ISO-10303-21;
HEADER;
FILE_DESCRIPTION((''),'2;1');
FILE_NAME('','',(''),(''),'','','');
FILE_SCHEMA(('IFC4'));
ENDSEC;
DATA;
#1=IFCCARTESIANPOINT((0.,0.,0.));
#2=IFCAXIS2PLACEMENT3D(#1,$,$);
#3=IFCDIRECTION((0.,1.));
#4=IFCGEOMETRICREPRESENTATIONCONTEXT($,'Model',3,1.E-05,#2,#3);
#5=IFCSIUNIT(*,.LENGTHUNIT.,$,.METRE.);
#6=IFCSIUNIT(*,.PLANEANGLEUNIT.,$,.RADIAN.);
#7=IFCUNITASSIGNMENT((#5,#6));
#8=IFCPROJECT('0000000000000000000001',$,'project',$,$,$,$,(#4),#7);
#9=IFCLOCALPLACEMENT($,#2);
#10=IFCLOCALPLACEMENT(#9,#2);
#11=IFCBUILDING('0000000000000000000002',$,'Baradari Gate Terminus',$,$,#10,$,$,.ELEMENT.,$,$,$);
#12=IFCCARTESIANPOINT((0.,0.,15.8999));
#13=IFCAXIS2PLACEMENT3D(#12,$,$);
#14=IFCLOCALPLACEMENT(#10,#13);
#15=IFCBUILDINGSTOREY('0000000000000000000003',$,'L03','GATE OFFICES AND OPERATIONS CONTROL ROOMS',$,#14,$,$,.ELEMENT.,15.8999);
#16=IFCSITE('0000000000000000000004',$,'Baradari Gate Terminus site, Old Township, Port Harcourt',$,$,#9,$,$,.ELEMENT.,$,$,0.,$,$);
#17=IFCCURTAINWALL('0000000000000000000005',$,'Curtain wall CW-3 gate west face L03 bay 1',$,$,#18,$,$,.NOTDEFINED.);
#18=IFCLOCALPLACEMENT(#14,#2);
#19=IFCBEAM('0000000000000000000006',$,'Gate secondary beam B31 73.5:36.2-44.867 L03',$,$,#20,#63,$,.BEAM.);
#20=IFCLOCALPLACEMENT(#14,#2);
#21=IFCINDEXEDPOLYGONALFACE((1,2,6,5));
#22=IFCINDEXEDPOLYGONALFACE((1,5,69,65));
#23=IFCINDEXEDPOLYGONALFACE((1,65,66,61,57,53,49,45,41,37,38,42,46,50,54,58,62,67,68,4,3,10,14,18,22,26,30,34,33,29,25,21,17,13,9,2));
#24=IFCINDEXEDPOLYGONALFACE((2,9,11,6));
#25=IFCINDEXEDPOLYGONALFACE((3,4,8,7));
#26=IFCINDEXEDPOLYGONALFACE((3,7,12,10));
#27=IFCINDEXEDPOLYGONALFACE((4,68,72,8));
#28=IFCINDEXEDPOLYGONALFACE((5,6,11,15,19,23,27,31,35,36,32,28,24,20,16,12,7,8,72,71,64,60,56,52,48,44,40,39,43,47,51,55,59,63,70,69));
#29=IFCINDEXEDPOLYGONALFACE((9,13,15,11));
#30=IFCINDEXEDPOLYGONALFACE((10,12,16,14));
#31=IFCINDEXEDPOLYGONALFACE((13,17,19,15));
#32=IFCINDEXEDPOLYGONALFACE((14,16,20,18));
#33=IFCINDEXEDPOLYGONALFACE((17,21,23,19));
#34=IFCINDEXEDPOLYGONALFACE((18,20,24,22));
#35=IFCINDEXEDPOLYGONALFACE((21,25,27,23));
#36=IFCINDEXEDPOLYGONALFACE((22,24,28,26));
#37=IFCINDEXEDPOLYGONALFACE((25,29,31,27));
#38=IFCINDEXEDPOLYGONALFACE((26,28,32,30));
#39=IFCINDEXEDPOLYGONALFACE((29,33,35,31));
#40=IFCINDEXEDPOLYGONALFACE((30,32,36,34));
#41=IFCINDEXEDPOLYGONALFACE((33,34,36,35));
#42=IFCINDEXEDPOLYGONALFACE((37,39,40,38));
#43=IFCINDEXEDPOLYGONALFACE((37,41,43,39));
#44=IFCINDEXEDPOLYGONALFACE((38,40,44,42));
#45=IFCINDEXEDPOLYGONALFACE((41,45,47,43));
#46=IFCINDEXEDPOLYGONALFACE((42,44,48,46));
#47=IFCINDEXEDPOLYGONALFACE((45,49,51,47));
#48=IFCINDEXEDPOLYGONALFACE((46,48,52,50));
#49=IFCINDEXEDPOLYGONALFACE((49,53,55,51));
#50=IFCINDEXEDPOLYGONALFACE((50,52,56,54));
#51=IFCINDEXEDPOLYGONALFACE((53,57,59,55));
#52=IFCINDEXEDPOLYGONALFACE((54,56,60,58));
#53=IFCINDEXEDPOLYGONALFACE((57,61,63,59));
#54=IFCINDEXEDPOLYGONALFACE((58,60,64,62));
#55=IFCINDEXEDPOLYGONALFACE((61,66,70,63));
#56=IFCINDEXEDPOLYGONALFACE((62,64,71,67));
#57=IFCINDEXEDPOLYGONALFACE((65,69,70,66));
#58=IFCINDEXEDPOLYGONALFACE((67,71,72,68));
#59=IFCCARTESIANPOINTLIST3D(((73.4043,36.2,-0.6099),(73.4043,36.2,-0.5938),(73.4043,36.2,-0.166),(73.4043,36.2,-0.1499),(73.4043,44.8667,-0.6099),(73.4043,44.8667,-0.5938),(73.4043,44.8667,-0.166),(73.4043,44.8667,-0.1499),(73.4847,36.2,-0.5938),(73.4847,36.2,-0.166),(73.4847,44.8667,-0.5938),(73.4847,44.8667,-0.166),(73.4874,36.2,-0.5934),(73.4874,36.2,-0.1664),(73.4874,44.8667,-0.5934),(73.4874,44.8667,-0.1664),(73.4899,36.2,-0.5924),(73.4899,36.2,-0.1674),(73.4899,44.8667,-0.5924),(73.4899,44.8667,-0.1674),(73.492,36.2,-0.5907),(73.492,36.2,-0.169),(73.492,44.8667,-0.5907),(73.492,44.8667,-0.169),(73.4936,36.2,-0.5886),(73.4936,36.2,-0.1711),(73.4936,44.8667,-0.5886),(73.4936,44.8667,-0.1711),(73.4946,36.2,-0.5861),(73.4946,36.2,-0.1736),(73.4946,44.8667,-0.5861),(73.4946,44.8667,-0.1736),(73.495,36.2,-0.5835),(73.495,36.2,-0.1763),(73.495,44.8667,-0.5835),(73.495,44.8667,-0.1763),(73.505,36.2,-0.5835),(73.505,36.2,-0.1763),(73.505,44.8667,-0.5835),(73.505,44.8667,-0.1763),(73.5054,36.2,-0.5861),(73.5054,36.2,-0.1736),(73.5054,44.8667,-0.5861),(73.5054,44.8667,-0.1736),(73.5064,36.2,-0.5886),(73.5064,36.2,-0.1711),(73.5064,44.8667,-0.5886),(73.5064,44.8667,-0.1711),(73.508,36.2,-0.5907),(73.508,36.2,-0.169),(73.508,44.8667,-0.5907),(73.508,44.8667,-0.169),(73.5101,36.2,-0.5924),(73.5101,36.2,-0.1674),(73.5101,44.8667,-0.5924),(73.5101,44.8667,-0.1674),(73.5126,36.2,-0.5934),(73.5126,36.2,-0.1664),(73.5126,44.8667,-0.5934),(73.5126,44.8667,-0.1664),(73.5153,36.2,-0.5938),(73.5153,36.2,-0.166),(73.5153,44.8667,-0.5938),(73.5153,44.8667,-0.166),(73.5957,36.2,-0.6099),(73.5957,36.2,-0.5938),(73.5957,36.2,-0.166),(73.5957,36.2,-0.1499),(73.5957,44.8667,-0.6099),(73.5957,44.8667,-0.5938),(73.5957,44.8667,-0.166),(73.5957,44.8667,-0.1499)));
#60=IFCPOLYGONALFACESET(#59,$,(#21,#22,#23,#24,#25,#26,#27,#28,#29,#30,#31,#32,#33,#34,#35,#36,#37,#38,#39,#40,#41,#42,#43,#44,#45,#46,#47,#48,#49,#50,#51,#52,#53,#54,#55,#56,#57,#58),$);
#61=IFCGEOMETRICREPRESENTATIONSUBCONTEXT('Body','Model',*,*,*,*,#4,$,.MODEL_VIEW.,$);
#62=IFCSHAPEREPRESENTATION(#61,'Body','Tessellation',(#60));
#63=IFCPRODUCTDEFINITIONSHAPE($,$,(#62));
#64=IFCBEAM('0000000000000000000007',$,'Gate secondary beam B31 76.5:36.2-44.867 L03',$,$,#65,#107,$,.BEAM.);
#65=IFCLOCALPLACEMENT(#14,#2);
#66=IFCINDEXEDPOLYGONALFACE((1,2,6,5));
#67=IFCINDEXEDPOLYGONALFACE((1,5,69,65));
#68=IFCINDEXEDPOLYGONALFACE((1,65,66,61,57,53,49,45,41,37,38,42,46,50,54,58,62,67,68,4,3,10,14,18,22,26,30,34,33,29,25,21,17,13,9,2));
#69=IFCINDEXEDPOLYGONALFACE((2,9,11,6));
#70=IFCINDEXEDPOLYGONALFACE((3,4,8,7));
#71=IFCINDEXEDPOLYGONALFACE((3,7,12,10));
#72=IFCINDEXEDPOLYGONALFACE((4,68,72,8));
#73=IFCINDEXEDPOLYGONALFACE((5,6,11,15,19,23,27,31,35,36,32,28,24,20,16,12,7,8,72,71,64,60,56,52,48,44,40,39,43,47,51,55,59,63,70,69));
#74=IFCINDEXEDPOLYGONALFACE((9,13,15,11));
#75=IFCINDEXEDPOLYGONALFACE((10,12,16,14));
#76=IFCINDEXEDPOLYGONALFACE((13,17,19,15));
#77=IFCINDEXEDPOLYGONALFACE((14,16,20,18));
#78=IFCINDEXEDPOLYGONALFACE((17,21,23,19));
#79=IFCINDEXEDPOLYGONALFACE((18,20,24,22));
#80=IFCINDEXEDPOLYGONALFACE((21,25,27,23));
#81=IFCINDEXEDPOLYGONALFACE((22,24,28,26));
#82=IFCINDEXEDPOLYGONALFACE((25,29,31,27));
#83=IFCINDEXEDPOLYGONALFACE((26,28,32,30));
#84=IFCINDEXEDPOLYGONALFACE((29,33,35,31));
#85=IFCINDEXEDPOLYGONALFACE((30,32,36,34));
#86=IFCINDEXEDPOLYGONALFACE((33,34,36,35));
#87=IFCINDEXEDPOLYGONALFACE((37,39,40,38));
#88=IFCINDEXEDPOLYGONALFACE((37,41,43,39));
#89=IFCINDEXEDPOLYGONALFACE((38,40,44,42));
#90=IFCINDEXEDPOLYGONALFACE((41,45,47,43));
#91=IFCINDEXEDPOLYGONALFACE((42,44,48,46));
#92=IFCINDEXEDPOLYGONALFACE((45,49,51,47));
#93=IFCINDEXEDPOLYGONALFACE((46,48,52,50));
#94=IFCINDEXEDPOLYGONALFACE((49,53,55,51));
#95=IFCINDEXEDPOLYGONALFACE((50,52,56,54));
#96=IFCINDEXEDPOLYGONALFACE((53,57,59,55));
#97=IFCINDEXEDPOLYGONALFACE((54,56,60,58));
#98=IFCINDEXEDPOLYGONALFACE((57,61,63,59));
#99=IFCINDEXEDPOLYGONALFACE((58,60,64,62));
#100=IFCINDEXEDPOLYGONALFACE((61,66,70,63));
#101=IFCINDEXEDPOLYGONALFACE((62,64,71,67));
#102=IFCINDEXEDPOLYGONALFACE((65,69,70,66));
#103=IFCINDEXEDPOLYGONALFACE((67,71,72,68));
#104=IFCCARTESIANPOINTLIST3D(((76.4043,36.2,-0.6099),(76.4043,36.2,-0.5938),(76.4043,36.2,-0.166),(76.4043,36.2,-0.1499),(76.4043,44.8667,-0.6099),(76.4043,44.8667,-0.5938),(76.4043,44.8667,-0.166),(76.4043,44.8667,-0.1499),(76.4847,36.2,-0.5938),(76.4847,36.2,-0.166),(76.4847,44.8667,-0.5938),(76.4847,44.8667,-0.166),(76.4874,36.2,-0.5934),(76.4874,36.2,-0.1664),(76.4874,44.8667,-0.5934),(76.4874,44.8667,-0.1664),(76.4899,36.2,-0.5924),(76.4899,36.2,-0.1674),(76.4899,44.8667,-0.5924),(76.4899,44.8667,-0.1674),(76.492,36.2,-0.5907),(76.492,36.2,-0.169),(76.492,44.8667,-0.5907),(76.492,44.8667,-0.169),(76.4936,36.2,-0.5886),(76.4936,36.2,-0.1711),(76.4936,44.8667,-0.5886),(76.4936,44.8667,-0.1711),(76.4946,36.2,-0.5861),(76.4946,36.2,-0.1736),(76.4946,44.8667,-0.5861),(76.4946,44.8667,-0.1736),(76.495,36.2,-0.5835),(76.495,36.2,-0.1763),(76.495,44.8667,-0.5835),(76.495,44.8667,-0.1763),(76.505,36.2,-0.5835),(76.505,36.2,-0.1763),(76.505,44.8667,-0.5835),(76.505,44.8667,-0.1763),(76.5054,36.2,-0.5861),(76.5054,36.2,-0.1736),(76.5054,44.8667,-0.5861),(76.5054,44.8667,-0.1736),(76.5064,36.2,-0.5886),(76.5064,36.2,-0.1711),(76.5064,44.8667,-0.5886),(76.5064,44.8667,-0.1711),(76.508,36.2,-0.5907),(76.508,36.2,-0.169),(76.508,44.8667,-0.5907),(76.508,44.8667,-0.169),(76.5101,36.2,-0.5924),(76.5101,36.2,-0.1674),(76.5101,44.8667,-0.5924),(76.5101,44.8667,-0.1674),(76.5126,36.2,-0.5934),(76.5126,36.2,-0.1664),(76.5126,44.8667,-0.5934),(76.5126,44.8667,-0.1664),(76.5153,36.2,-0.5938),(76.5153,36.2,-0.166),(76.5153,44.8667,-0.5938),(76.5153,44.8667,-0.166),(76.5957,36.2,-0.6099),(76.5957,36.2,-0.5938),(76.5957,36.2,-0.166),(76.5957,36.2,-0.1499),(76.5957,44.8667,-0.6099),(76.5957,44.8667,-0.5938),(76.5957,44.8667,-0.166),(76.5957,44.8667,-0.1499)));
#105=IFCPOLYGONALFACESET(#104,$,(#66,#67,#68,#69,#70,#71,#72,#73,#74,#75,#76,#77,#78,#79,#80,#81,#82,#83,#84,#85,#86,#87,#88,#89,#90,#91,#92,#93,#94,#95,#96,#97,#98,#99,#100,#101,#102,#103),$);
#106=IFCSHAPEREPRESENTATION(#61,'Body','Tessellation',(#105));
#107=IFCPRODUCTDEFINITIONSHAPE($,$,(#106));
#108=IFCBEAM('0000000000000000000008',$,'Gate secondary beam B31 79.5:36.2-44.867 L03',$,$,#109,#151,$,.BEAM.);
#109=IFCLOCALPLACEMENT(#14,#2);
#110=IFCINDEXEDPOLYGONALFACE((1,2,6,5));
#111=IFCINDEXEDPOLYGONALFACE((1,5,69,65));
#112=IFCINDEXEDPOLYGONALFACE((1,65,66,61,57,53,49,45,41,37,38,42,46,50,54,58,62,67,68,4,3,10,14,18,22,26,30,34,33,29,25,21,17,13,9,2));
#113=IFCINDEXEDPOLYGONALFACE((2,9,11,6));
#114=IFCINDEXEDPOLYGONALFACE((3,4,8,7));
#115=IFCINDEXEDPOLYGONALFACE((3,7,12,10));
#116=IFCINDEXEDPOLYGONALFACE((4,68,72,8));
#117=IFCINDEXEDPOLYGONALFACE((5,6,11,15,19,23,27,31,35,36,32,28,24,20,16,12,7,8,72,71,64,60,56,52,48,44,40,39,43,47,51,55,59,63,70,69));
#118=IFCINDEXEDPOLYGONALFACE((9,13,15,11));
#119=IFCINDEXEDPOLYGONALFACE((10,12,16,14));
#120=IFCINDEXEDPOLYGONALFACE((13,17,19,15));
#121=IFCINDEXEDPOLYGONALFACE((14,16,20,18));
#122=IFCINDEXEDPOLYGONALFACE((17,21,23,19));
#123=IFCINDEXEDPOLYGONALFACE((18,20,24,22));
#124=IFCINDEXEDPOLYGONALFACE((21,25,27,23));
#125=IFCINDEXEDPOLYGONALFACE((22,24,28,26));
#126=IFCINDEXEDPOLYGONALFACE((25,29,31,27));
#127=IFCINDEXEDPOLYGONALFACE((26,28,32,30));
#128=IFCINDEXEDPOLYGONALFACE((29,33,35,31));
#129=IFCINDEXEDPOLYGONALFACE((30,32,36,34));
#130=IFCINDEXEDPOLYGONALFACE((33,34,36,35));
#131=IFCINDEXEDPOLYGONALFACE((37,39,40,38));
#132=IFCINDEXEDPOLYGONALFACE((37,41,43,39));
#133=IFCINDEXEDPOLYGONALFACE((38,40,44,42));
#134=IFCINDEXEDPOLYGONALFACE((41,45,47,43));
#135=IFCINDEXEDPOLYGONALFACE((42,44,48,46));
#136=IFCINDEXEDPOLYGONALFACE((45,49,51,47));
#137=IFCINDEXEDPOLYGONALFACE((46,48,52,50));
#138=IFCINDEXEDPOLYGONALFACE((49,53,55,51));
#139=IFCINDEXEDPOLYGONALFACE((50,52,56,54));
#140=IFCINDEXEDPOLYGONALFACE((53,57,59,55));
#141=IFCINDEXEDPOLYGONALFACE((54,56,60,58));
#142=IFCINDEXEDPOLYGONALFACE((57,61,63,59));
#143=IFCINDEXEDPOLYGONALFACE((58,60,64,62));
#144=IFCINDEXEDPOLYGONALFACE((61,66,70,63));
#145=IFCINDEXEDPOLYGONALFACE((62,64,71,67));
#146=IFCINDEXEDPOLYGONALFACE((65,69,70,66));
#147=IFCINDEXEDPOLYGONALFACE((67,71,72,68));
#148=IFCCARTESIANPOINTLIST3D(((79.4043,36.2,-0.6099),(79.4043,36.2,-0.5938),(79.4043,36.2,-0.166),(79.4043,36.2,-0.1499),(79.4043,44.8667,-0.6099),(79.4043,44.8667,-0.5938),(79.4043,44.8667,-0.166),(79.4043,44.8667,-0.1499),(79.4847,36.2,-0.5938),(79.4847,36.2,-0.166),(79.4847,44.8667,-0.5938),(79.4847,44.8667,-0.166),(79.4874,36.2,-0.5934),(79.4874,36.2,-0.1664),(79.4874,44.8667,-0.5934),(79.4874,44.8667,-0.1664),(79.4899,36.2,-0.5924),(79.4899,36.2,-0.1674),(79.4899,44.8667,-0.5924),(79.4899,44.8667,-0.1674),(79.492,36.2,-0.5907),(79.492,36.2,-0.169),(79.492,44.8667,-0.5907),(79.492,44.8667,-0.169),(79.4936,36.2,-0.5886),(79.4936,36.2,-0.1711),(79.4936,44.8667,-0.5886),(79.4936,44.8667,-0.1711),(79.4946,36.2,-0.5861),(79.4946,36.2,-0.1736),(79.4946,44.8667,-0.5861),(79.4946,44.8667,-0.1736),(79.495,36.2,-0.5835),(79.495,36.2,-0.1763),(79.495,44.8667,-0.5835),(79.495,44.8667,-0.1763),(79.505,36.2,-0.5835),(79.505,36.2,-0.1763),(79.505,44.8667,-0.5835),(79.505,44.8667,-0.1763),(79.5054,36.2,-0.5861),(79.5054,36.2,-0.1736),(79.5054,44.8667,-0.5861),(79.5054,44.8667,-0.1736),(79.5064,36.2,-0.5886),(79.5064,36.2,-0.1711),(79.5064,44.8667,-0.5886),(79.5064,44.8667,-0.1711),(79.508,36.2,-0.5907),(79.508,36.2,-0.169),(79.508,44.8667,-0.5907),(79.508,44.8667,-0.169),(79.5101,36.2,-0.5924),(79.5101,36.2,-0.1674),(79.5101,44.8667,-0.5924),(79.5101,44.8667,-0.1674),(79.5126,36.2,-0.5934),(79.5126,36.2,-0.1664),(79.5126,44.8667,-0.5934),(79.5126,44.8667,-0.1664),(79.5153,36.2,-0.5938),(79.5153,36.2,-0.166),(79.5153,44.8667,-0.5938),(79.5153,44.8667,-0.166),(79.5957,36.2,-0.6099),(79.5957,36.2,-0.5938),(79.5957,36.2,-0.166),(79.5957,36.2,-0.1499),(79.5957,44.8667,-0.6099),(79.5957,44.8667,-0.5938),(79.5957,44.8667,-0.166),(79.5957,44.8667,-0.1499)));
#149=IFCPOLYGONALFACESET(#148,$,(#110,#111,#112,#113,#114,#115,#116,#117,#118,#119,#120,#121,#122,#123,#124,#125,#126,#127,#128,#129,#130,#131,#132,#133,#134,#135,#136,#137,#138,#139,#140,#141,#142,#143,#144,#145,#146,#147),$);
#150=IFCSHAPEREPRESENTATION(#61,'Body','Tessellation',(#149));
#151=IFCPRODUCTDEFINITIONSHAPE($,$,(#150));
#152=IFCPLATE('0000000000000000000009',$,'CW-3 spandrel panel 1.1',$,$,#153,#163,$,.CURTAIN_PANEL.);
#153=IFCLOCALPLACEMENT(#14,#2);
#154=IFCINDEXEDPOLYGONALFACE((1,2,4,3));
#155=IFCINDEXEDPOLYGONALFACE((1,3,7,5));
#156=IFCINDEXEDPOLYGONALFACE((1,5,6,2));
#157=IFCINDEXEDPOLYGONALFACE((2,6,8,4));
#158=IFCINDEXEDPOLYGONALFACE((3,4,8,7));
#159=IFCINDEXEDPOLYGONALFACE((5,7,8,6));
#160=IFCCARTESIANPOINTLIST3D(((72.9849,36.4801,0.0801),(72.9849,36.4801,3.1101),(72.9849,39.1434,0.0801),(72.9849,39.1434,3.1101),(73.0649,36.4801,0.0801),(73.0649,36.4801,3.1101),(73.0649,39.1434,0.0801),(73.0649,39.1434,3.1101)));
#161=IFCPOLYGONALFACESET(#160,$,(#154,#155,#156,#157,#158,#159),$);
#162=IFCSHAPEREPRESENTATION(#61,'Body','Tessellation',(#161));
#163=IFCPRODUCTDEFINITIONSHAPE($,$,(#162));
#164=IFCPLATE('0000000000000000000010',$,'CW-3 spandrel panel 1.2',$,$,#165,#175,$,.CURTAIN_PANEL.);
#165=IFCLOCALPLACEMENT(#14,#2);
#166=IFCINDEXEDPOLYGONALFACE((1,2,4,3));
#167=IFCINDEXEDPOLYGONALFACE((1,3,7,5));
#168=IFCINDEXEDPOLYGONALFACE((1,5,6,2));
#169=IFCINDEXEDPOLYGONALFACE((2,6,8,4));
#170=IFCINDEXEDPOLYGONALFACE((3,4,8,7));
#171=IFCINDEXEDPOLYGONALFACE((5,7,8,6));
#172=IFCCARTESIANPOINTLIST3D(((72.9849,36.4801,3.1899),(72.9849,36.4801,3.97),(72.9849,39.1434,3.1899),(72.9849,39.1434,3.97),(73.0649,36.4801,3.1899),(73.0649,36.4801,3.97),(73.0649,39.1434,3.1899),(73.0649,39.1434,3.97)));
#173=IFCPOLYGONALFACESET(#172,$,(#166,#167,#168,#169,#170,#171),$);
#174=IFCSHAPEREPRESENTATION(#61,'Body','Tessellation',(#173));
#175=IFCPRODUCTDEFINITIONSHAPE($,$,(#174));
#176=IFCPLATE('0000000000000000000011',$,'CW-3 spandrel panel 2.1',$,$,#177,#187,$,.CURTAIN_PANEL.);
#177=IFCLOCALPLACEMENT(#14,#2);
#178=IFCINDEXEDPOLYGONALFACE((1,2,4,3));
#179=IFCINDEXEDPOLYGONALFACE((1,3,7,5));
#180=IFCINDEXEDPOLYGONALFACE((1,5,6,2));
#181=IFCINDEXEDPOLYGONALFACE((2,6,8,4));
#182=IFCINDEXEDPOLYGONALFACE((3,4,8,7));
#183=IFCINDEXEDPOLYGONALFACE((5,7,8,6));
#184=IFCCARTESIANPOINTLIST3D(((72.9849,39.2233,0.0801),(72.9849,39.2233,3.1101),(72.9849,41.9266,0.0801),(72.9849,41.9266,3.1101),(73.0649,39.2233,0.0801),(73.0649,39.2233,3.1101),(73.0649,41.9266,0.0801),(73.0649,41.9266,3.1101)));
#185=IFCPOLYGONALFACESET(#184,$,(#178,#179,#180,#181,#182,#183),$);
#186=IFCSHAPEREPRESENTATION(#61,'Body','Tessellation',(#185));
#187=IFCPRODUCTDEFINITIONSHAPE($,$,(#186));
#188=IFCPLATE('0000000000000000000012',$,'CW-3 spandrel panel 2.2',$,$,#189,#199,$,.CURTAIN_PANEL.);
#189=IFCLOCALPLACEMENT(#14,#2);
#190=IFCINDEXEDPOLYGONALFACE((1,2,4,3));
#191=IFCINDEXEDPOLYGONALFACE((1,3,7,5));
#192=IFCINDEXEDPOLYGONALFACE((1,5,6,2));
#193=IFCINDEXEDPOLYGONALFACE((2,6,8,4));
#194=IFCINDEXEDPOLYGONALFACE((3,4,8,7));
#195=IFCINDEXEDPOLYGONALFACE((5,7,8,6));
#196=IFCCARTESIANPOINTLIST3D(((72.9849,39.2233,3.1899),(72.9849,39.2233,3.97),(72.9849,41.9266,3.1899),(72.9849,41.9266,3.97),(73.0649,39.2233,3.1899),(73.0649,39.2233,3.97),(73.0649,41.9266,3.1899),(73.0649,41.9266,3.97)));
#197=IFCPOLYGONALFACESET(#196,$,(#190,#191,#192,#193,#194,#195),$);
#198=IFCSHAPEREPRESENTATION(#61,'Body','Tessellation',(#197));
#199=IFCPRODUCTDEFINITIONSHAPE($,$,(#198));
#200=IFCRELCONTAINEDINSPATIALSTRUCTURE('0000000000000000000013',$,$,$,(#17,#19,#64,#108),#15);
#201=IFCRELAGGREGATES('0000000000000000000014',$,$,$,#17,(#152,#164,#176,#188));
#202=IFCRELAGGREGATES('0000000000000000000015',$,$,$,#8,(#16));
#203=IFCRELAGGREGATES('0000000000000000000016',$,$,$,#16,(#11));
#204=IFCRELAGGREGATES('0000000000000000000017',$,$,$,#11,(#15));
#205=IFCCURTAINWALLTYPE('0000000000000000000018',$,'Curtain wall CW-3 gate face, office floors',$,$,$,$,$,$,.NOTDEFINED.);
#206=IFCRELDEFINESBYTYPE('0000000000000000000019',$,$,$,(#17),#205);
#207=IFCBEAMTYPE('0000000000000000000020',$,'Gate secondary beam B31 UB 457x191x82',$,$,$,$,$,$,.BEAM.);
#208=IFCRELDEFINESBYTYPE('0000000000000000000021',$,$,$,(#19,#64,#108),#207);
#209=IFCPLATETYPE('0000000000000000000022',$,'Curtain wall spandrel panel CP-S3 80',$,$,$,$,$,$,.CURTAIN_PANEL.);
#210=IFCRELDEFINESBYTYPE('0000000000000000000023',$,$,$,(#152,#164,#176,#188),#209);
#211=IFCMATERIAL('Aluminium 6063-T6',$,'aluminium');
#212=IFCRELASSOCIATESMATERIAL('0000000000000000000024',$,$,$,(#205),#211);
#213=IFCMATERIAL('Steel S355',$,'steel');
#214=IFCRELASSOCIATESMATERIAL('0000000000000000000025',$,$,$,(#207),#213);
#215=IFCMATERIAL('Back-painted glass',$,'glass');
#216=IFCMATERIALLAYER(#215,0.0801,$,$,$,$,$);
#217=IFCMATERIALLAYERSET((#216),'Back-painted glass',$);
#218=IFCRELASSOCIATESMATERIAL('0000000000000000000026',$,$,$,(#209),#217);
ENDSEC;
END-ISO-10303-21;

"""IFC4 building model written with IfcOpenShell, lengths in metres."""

from ifc_helpers import new_model, si_unit, direction, frame, origin, origin_2d, place, context, subcontext, project, spatial, rectangle, i_section, extrude, material, layer, layer_set, material_profile, profile_set, type_object, element, aggregate, save


model = new_model("IFC4")

# Units and contexts
model_context = context("Model", 3, precision=1e-05, world=origin(), true_north=direction((0.0, 1.0)))
body_context = subcontext(model_context, "Body", "Model", "MODEL_VIEW")
ifc_project = project(units=[si_unit("LENGTHUNIT", "METRE"), si_unit("PLANEANGLEUNIT", "RADIAN")], contexts=[model_context])

# Site, building, storey
site_placement = place(None, origin())
site = spatial("IfcSite", under=ifc_project, at=site_placement, Name="Baradari Gate Terminus site, Old Township, Port Harcourt", CompositionType="ELEMENT", RefElevation=0.0)
building_placement = place(site_placement, origin())
building = spatial("IfcBuilding", under=site, at=building_placement, Name="Baradari Gate Terminus", CompositionType="ELEMENT")
storey_placement = place(building_placement, frame((0.0, 0.0, 15.8999)))
storey = spatial("IfcBuildingStorey", under=building, at=storey_placement, Name="L03", Description="GATE OFFICES AND OPERATIONS CONTROL ROOMS", CompositionType="ELEMENT", Elevation=15.8999)

# Curtain wall
ifc_material_1 = material(Name="Aluminium 6063-T6", Category="aluminium")
curtain_wall_type = type_object("IfcCurtainWallType", Name="Curtain wall CW-3 gate face, office floors", PredefinedType="NOTDEFINED", material=ifc_material_1)
curtain_wall_placement = place(storey_placement, origin())
curtain_wall = element("IfcCurtainWall", 1, at=curtain_wall_placement, inside=storey, type_object=curtain_wall_type, Name="Curtain wall CW-3 gate west face L03 bay 1", PredefinedType="NOTDEFINED")

# Beams
ifc_material_2 = material(Name="Steel S355", Category="steel")
ifc_material_profile_1 = material_profile(ifc_material_2, i_section(OverallWidth=0.1914, OverallDepth=0.46, WebThickness=0.01, FlangeThickness=0.0161, FilletRadius=0.0103, at=origin_2d()), Name="UB 457x191x82")
ifc_profile_set_1 = profile_set([ifc_material_profile_1], Name="Steel S355")
beam_type = type_object("IfcBeamType", Name="Gate secondary beam B31 UB 457x191x82", PredefinedType="BEAM", material=ifc_profile_set_1)
for number, where, z_axis, x_axis, name in (
    (2, (73.5, 36.2, -0.3799), (0.0, 1.0, 0.0), (-1.0, 0.0, 0.0), "Gate secondary beam B31 73.5:36.2-44.867 L03"),
    (3, (76.5, 36.2, -0.3799), (0.0, 1.0, 0.0), (-1.0, 0.0, 0.0), "Gate secondary beam B31 76.5:36.2-44.867 L03"),
    (4, (79.5, 36.2, -0.3799), (0.0, 1.0, 0.0), (-1.0, 0.0, 0.0), "Gate secondary beam B31 79.5:36.2-44.867 L03"),
):
    element("IfcBeam", number, at=place(storey_placement, frame(where, z_axis=z_axis, x_axis=x_axis)), inside=storey, type_object=beam_type, Name=name, PredefinedType="BEAM", context=body_context, shape_type="SweptSolid", body=[
        extrude(i_section(OverallWidth=0.1914, OverallDepth=0.46, WebThickness=0.01, FlangeThickness=0.0161, FilletRadius=0.0103, at=origin_2d()), origin(), (0.0, 0.0, 1.0), 8.6667),
    ])

# Plates
ifc_material_3 = material(Name="Back-painted glass", Category="glass")
ifc_layer_1 = layer(ifc_material_3, 0.0801)
ifc_layer_set_1 = layer_set([ifc_layer_1], Name="Back-painted glass")
plate_type = type_object("IfcPlateType", Name="Curtain wall spandrel panel CP-S3 80", PredefinedType="CURTAIN_PANEL", material=ifc_layer_set_1)
plate_1_placement = place(storey_placement, frame((73.0249, 37.8118, 0.0801), z_axis=(0.0, 0.0, 1.0), x_axis=(0.0, 1.0, 0.0)))
plate_1 = element("IfcPlate", 5, at=plate_1_placement, type_object=plate_type, Name="CW-3 spandrel panel 1.1", PredefinedType="CURTAIN_PANEL", context=body_context, shape_type="SweptSolid", body=[
    extrude(rectangle(XDim=2.6633, YDim=0.0801, at=origin_2d()), origin(), (0.0, 0.0, 1.0), 3.03),
])
plate_2_placement = place(storey_placement, frame((73.0249, 37.8118, 3.1899), z_axis=(0.0, 0.0, 1.0), x_axis=(0.0, 1.0, 0.0)))
plate_2 = element("IfcPlate", 6, at=plate_2_placement, type_object=plate_type, Name="CW-3 spandrel panel 1.2", PredefinedType="CURTAIN_PANEL", context=body_context, shape_type="SweptSolid", body=[
    extrude(rectangle(XDim=2.6633, YDim=0.0801, at=origin_2d()), origin(), (0.0, 0.0, 1.0), 0.78),
])
plate_3_placement = place(storey_placement, frame((73.0249, 40.575, 0.0801), z_axis=(0.0, 0.0, 1.0), x_axis=(0.0, 1.0, 0.0)))
plate_3 = element("IfcPlate", 7, at=plate_3_placement, type_object=plate_type, Name="CW-3 spandrel panel 2.1", PredefinedType="CURTAIN_PANEL", context=body_context, shape_type="SweptSolid", body=[
    extrude(rectangle(XDim=2.7034, YDim=0.0801, at=origin_2d()), origin(), (0.0, 0.0, 1.0), 3.03),
])
plate_4_placement = place(storey_placement, frame((73.0249, 40.575, 3.1899), z_axis=(0.0, 0.0, 1.0), x_axis=(0.0, 1.0, 0.0)))
plate_4 = element("IfcPlate", 8, at=plate_4_placement, type_object=plate_type, Name="CW-3 spandrel panel 2.2", PredefinedType="CURTAIN_PANEL", context=body_context, shape_type="SweptSolid", body=[
    extrude(rectangle(XDim=2.7034, YDim=0.0801, at=origin_2d()), origin(), (0.0, 0.0, 1.0), 0.78),
])
aggregate(curtain_wall, [plate_1, plate_2, plate_3, plate_4])

save(model, "model.ifc")
